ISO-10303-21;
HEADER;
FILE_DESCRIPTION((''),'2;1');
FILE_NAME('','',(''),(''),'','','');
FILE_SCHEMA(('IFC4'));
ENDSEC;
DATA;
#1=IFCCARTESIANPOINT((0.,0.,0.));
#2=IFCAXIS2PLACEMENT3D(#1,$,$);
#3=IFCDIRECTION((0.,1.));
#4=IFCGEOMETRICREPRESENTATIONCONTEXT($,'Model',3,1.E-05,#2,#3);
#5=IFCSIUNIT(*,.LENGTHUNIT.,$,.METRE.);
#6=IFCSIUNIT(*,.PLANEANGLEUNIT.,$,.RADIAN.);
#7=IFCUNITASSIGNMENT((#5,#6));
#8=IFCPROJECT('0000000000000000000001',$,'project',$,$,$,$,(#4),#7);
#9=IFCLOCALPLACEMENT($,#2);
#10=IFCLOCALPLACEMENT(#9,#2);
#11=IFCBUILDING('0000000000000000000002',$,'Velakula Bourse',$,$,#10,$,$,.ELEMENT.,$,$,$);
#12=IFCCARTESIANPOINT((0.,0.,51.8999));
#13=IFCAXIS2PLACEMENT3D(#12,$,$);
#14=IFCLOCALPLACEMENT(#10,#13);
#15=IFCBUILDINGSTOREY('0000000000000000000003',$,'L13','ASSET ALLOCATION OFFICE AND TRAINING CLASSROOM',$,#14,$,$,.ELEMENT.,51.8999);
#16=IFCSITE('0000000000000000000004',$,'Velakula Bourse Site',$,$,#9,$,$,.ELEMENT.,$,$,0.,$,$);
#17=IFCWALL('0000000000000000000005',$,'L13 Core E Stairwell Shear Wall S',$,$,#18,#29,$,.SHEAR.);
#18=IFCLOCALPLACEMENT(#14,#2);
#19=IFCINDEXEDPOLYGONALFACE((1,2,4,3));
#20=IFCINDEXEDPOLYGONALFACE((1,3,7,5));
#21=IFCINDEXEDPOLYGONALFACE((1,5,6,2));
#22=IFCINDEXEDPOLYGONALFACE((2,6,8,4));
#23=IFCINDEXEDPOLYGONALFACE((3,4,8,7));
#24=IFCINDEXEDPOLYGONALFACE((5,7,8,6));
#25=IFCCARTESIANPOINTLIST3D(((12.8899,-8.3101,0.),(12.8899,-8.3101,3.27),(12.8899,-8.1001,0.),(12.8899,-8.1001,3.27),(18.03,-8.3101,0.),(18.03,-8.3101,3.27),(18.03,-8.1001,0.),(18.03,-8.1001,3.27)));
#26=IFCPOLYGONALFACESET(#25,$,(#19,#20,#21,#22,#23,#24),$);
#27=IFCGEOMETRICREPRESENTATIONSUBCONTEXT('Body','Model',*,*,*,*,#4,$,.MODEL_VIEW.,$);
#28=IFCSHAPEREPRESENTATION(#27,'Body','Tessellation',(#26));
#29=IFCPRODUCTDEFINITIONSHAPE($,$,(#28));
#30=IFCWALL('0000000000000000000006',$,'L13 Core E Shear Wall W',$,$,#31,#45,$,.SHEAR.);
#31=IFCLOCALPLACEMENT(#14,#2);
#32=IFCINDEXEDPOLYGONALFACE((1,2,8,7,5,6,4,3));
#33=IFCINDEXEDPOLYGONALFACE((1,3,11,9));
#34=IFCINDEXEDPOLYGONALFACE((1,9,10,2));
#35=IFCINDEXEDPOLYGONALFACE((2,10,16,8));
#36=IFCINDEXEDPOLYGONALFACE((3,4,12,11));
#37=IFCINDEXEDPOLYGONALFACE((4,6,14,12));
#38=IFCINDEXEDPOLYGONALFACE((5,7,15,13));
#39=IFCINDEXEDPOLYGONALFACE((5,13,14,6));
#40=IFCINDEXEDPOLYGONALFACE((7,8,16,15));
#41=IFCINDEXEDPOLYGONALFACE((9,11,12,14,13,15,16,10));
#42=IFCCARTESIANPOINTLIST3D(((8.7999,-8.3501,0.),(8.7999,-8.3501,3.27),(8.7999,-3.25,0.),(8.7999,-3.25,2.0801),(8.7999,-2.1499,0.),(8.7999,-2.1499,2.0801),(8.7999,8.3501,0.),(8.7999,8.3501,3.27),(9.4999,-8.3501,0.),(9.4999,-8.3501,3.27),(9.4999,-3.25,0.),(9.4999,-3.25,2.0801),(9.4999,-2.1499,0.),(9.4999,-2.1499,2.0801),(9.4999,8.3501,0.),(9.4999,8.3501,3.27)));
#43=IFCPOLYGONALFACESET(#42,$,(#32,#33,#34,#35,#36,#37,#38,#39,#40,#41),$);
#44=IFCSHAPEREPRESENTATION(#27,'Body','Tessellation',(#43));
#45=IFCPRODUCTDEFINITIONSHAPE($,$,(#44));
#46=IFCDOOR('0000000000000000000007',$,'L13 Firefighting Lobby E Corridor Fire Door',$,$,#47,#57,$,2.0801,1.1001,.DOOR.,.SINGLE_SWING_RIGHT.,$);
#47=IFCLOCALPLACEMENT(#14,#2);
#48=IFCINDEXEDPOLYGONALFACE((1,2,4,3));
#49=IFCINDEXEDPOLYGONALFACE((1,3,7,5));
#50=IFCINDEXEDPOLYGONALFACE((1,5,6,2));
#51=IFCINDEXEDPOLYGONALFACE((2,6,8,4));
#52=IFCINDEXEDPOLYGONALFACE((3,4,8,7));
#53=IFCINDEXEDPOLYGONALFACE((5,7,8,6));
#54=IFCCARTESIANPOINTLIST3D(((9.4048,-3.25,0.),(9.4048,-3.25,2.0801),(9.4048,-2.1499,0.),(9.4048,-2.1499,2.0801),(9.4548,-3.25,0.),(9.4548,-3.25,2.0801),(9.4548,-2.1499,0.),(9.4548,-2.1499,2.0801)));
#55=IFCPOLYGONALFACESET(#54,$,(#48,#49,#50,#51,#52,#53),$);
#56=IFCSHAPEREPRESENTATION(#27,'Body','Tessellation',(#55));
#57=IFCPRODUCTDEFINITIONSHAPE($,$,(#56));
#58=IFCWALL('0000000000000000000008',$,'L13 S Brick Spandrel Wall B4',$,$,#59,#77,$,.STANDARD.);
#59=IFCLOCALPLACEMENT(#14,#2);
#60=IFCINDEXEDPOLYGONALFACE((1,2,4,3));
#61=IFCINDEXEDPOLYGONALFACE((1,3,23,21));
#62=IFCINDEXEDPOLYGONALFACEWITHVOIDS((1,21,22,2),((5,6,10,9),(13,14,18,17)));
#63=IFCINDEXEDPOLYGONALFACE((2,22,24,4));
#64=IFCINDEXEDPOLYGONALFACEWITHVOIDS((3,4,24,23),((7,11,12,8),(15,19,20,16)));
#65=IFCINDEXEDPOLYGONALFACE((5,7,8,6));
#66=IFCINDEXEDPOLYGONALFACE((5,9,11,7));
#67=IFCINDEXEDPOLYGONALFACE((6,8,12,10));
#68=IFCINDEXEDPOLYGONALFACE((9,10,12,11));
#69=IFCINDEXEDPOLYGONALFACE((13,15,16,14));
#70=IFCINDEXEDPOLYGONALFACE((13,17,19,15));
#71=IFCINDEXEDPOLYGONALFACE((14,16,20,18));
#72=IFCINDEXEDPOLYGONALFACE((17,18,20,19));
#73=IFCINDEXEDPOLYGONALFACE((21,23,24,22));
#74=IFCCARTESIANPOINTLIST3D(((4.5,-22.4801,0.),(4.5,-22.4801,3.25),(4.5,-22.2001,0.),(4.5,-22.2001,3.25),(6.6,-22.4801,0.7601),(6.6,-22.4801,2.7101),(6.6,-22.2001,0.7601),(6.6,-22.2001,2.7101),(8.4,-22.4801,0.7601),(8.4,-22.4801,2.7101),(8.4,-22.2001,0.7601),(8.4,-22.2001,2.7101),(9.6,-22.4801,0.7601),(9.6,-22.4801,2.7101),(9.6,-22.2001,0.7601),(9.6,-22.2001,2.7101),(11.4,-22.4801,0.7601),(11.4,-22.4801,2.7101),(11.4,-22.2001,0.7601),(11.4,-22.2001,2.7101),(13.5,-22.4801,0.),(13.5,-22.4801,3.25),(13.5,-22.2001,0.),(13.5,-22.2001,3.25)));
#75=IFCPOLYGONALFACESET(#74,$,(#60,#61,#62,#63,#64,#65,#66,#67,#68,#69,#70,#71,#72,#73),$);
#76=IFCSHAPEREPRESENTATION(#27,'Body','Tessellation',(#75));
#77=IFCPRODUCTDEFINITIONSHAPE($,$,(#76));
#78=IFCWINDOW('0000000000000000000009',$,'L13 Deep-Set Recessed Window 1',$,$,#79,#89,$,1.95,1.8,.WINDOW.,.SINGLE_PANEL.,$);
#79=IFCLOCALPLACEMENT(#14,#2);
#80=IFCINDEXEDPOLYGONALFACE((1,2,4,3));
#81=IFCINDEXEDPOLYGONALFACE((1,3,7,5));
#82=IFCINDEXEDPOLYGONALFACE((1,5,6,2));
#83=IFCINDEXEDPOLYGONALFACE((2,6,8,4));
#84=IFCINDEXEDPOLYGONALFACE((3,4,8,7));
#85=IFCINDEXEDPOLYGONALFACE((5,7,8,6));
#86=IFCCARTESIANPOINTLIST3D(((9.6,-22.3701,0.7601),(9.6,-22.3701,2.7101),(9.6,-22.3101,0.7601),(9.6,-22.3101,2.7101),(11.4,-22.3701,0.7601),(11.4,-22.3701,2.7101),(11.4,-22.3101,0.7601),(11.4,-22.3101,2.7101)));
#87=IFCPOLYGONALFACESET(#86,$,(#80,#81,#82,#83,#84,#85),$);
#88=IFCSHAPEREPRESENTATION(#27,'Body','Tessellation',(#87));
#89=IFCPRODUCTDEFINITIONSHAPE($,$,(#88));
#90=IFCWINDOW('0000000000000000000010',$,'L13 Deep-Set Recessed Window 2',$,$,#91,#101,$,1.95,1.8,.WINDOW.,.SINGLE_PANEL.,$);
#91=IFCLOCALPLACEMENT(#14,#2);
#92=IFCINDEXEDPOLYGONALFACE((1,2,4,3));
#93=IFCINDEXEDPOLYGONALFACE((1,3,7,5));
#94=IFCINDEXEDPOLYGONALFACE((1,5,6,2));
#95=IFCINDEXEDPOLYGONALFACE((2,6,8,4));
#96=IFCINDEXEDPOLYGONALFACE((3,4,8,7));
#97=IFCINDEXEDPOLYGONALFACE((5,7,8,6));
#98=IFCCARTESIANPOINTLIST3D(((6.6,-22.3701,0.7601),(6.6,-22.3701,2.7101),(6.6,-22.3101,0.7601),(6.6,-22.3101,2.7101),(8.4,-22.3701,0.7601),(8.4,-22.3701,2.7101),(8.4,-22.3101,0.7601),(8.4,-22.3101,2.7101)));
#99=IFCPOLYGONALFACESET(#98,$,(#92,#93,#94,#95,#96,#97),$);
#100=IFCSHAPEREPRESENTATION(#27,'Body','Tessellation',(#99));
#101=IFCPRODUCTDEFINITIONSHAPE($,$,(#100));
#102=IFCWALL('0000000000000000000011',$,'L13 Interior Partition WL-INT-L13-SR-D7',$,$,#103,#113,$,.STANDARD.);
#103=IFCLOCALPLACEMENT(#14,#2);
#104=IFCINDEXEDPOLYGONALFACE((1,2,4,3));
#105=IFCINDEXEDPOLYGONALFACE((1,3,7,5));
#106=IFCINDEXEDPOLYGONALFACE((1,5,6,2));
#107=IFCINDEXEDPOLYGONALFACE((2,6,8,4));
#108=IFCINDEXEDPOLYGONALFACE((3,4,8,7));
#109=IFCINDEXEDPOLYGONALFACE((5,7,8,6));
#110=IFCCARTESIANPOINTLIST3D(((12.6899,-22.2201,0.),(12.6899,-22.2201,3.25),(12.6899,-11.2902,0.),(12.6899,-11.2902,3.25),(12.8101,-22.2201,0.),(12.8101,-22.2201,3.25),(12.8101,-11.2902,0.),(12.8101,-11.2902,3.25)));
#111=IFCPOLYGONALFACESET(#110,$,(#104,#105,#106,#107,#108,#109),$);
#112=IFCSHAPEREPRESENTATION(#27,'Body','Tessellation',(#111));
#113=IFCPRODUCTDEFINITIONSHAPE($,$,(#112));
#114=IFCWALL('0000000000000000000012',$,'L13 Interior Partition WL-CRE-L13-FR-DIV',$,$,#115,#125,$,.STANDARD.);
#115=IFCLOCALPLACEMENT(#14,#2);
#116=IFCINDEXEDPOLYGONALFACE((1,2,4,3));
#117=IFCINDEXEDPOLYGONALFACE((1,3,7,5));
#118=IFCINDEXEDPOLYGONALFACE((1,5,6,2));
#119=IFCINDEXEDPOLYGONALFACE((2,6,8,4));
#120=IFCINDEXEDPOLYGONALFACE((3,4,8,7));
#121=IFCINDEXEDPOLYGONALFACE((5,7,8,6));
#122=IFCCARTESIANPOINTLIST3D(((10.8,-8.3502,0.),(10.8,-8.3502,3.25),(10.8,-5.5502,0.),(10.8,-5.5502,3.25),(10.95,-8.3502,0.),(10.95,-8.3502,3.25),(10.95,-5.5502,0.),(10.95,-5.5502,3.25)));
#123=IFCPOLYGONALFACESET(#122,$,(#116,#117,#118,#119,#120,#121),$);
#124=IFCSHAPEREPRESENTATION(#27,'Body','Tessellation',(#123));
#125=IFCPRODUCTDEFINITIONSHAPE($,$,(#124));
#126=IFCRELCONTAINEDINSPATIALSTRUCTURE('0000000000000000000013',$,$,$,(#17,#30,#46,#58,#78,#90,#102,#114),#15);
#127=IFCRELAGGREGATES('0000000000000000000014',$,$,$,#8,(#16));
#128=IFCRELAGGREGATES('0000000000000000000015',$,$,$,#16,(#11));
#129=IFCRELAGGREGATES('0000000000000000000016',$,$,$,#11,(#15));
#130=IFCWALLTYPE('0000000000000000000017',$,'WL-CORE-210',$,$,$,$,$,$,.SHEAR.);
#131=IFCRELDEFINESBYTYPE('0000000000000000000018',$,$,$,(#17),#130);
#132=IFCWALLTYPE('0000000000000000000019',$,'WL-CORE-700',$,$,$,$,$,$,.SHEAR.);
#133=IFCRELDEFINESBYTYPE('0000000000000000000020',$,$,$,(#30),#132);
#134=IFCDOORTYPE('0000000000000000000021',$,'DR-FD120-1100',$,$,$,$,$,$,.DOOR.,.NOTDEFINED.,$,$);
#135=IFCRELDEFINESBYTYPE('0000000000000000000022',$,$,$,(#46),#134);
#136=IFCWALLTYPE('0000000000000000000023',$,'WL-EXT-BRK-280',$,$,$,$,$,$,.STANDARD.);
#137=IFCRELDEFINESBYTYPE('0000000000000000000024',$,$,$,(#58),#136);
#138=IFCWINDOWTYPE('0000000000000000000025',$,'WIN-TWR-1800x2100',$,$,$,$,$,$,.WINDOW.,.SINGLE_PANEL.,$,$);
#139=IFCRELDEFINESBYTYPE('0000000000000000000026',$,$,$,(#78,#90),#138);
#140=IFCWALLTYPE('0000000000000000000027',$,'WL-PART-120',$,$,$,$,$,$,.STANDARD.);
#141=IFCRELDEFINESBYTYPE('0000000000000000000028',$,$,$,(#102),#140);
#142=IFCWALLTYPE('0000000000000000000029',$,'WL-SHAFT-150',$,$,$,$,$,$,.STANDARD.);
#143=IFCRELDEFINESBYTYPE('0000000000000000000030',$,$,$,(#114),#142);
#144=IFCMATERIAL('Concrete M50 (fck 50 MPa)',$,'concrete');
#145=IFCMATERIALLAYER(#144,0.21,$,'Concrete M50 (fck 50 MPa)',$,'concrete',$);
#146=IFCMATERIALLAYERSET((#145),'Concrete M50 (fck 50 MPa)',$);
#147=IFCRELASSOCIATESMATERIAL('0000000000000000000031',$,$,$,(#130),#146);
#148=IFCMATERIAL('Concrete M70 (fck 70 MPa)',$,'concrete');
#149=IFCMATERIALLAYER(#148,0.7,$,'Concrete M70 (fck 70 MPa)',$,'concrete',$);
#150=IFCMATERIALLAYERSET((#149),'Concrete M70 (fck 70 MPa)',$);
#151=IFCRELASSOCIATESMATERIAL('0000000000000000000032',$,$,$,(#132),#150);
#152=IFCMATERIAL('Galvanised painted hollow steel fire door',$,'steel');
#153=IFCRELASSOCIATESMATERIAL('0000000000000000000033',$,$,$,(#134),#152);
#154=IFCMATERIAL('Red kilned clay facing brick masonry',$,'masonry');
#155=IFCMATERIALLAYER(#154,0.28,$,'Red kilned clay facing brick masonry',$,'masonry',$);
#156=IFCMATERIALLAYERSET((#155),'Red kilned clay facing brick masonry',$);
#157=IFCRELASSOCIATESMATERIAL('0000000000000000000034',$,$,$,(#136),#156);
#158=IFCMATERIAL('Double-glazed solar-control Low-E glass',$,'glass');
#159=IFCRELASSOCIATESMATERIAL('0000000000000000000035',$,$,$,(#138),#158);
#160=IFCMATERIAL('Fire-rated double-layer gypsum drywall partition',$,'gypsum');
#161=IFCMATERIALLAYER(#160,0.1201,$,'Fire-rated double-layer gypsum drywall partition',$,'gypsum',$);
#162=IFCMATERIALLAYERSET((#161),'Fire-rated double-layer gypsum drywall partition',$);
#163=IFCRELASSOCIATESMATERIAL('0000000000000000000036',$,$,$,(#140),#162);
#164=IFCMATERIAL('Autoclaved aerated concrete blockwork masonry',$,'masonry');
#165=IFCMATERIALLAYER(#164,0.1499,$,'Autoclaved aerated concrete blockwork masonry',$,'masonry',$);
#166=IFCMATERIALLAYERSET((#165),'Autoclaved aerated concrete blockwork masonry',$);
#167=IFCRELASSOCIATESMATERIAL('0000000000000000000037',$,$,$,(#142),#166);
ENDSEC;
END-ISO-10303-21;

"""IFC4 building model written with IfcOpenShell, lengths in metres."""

from ifc_helpers import new_model, si_unit, direction, frame, frame_2d, origin, place, context, subcontext, project, spatial, rectangle, extrude, material, layer, layer_set, type_object, element, fill, save


model = new_model("IFC4")

# Units and contexts
model_context = context("Model", 3, precision=1e-05, world=origin(), true_north=direction((0.0, 1.0)))
body_context = subcontext(model_context, "Body", "Model", "MODEL_VIEW")
ifc_project = project(units=[si_unit("LENGTHUNIT", "METRE"), si_unit("PLANEANGLEUNIT", "RADIAN")], contexts=[model_context])

# Site, building, storey
site_placement = place(None, origin())
site = spatial("IfcSite", under=ifc_project, at=site_placement, Name="Velakula Bourse Site", CompositionType="ELEMENT", RefElevation=0.0)
building_placement = place(site_placement, origin())
building = spatial("IfcBuilding", under=site, at=building_placement, Name="Velakula Bourse", CompositionType="ELEMENT")
storey_placement = place(building_placement, frame((0.0, 0.0, 51.8999)))
storey = spatial("IfcBuildingStorey", under=building, at=storey_placement, Name="L13", Description="ASSET ALLOCATION OFFICE AND TRAINING CLASSROOM", CompositionType="ELEMENT", Elevation=51.8999)

# Shared definitions
ifc_material_1 = material(Name="Concrete M50 (fck 50 MPa)", Category="concrete")
ifc_layer_1 = layer(ifc_material_1, 0.21, Name="Concrete M50 (fck 50 MPa)", Category="concrete")
ifc_layer_set_1 = layer_set([ifc_layer_1], Name="Concrete M50 (fck 50 MPa)")
wall_type_1 = type_object("IfcWallType", Name="WL-CORE-210", PredefinedType="SHEAR", material=ifc_layer_set_1)
ifc_material_2 = material(Name="Galvanised painted hollow steel fire door", Category="steel")

# Wall
wall_1_placement = place(storey_placement, frame((12.8899, -8.2051, 0.0), z_axis=(0.0, 0.0, 1.0), x_axis=(1.0, 0.0, 0.0)))
element("IfcWall", 1, at=wall_1_placement, inside=storey, type_object=wall_type_1, Name="L13 Core E Stairwell Shear Wall S", PredefinedType="SHEAR", context=body_context, shape_type="SweptSolid", body=[
    extrude(rectangle(XDim=5.1401, YDim=0.21, at=frame_2d((2.5701, 0.0))), origin(), (0.0, 0.0, 1.0), 3.27),
])

# Wall, opening, door
ifc_material_3 = material(Name="Concrete M70 (fck 70 MPa)", Category="concrete")
ifc_layer_2 = layer(ifc_material_3, 0.7, Name="Concrete M70 (fck 70 MPa)", Category="concrete")
ifc_layer_set_2 = layer_set([ifc_layer_2], Name="Concrete M70 (fck 70 MPa)")
wall_type_2 = type_object("IfcWallType", Name="WL-CORE-700", PredefinedType="SHEAR", material=ifc_layer_set_2)
wall_2_placement = place(storey_placement, frame((9.1499, -8.3501, 0.0), z_axis=(0.0, 0.0, 1.0), x_axis=(0.0, 1.0, 0.0)))
wall_2 = element("IfcWall", 2, at=wall_2_placement, inside=storey, type_object=wall_type_2, Name="L13 Core E Shear Wall W", PredefinedType="SHEAR", context=body_context, shape_type="SweptSolid", body=[
    extrude(rectangle(XDim=16.7002, YDim=0.7, at=frame_2d((8.3501, 0.0))), origin(), (0.0, 0.0, 1.0), 3.27),
])
opening_1_placement = place(wall_2_placement, frame((5.1001, 0.0, 0.0)))
opening_1 = element("IfcOpeningElement", 3, at=opening_1_placement, cuts=wall_2, PredefinedType="OPENING", context=body_context, shape_type="SweptSolid", body=[
    extrude(rectangle(XDim=1.1001, YDim=2.0801, at=frame_2d((0.55, 1.04))), frame((0.0, 0.3599, 0.0), z_axis=(0.0, -1.0, 0.0), x_axis=(1.0, 0.0, 0.0)), (0.0, 0.0, 1.0), 0.72),
])
door_type_1 = type_object("IfcDoorType", Name="DR-FD120-1100", OperationType="NOTDEFINED", PredefinedType="DOOR", material=ifc_material_2)
door_1_placement = place(opening_1_placement, origin())
door_1 = element("IfcDoor", 4, at=door_1_placement, inside=storey, type_object=door_type_1, Name="L13 Firefighting Lobby E Corridor Fire Door", OperationType="SINGLE_SWING_RIGHT", OverallHeight=2.0801, OverallWidth=1.1001, PredefinedType="DOOR", context=body_context, shape_type="SweptSolid", body=[
    extrude(rectangle(XDim=1.1001, YDim=2.0801, at=frame_2d((0.55, 1.04))), frame((0.0, -0.2549, 0.0), z_axis=(0.0, -1.0, 0.0), x_axis=(1.0, 0.0, 0.0)), (0.0, 0.0, 1.0), 0.05),
])
fill(opening_1, door_1)

# Wall, openings, windows
ifc_material_4 = material(Name="Red kilned clay facing brick masonry", Category="masonry")
ifc_layer_3 = layer(ifc_material_4, 0.28, Name="Red kilned clay facing brick masonry", Category="masonry")
ifc_layer_set_3 = layer_set([ifc_layer_3], Name="Red kilned clay facing brick masonry")
wall_type_3 = type_object("IfcWallType", Name="WL-EXT-BRK-280", PredefinedType="STANDARD", material=ifc_layer_set_3)
wall_3_placement = place(storey_placement, frame((13.5, -22.3401, 0.0), z_axis=(0.0, 0.0, 1.0), x_axis=(-1.0, 0.0, 0.0)))
wall_3 = element("IfcWall", 5, at=wall_3_placement, inside=storey, type_object=wall_type_3, Name="L13 S Brick Spandrel Wall B4", PredefinedType="STANDARD", context=body_context, shape_type="SweptSolid", body=[
    extrude(rectangle(XDim=9.0, YDim=0.28, at=frame_2d((4.5, 0.0))), origin(), (0.0, 0.0, 1.0), 3.25),
])
opening_2_placement = place(wall_3_placement, frame((2.1001, 0.0, 0.76)))
opening_2 = element("IfcOpeningElement", 6, at=opening_2_placement, cuts=wall_3, PredefinedType="OPENING", context=body_context, shape_type="SweptSolid", body=[
    extrude(rectangle(XDim=1.8, YDim=1.95, at=frame_2d((0.8999, 0.9751))), frame((0.0, 0.1499, 0.0), z_axis=(0.0, -1.0, 0.0), x_axis=(1.0, 0.0, 0.0)), (0.0, 0.0, 1.0), 0.3),
])
opening_3_placement = place(wall_3_placement, frame((5.1001, 0.0, 0.76)))
opening_3 = element("IfcOpeningElement", 7, at=opening_3_placement, cuts=wall_3, PredefinedType="OPENING", context=body_context, shape_type="SweptSolid", body=[
    extrude(rectangle(XDim=1.8, YDim=1.95, at=frame_2d((0.8999, 0.9751))), frame((0.0, 0.1499, 0.0), z_axis=(0.0, -1.0, 0.0), x_axis=(1.0, 0.0, 0.0)), (0.0, 0.0, 1.0), 0.3),
])
ifc_material_5 = material(Name="Double-glazed solar-control Low-E glass", Category="glass")
window_type = type_object("IfcWindowType", Name="WIN-TWR-1800x2100", PartitioningType="SINGLE_PANEL", PredefinedType="WINDOW", material=ifc_material_5)
window_1_placement = place(opening_2_placement, origin())
window_1 = element("IfcWindow", 8, at=window_1_placement, inside=storey, type_object=window_type, Name="L13 Deep-Set Recessed Window 1", OverallHeight=1.95, OverallWidth=1.8, PartitioningType="SINGLE_PANEL", PredefinedType="WINDOW", context=body_context, shape_type="SweptSolid", body=[
    extrude(rectangle(XDim=1.8, YDim=1.95, at=frame_2d((0.8999, 0.9751))), frame((0.0, 0.03, 0.0), z_axis=(0.0, -1.0, 0.0), x_axis=(1.0, 0.0, 0.0)), (0.0, 0.0, 1.0), 0.0601),
])
fill(opening_2, window_1)
window_2_placement = place(opening_3_placement, origin())
window_2 = element("IfcWindow", 9, at=window_2_placement, inside=storey, type_object=window_type, Name="L13 Deep-Set Recessed Window 2", OverallHeight=1.95, OverallWidth=1.8, PartitioningType="SINGLE_PANEL", PredefinedType="WINDOW", context=body_context, shape_type="SweptSolid", body=[
    extrude(rectangle(XDim=1.8, YDim=1.95, at=frame_2d((0.8999, 0.9751))), frame((0.0, 0.03, 0.0), z_axis=(0.0, -1.0, 0.0), x_axis=(1.0, 0.0, 0.0)), (0.0, 0.0, 1.0), 0.0601),
])
fill(opening_3, window_2)

# Wall
ifc_material_6 = material(Name="Fire-rated double-layer gypsum drywall partition", Category="gypsum")
ifc_layer_4 = layer(ifc_material_6, 0.1201, Name="Fire-rated double-layer gypsum drywall partition", Category="gypsum")
ifc_layer_set_4 = layer_set([ifc_layer_4], Name="Fire-rated double-layer gypsum drywall partition")
wall_type_4 = type_object("IfcWallType", Name="WL-PART-120", PredefinedType="STANDARD", material=ifc_layer_set_4)
wall_4_placement = place(storey_placement, frame((12.75, -22.22, 0.0), z_axis=(0.0, 0.0, 1.0), x_axis=(0.0, 1.0, 0.0)))
element("IfcWall", 10, at=wall_4_placement, inside=storey, type_object=wall_type_4, Name="L13 Interior Partition WL-INT-L13-SR-D7", PredefinedType="STANDARD", context=body_context, shape_type="SweptSolid", body=[
    extrude(rectangle(XDim=10.9299, YDim=0.1201, at=frame_2d((5.4648, 0.0))), origin(), (0.0, 0.0, 1.0), 3.25),
])

# Shared definitions
ifc_material_7 = material(Name="Autoclaved aerated concrete blockwork masonry", Category="masonry")
ifc_layer_5 = layer(ifc_material_7, 0.1499, Name="Autoclaved aerated concrete blockwork masonry", Category="masonry")
ifc_layer_set_5 = layer_set([ifc_layer_5], Name="Autoclaved aerated concrete blockwork masonry")
wall_type_5 = type_object("IfcWallType", Name="WL-SHAFT-150", PredefinedType="STANDARD", material=ifc_layer_set_5)

# Wall
wall_5_placement = place(storey_placement, frame((10.875, -8.3501, 0.0), z_axis=(0.0, 0.0, 1.0), x_axis=(0.0, 1.0, 0.0)))
element("IfcWall", 11, at=wall_5_placement, inside=storey, type_object=wall_type_5, Name="L13 Interior Partition WL-CRE-L13-FR-DIV", PredefinedType="STANDARD", context=body_context, shape_type="SweptSolid", body=[
    extrude(rectangle(XDim=2.8, YDim=0.1499, at=frame_2d((1.3999, 0.0))), origin(), (0.0, 0.0, 1.0), 3.25),
])

save(model, "model.ifc")
